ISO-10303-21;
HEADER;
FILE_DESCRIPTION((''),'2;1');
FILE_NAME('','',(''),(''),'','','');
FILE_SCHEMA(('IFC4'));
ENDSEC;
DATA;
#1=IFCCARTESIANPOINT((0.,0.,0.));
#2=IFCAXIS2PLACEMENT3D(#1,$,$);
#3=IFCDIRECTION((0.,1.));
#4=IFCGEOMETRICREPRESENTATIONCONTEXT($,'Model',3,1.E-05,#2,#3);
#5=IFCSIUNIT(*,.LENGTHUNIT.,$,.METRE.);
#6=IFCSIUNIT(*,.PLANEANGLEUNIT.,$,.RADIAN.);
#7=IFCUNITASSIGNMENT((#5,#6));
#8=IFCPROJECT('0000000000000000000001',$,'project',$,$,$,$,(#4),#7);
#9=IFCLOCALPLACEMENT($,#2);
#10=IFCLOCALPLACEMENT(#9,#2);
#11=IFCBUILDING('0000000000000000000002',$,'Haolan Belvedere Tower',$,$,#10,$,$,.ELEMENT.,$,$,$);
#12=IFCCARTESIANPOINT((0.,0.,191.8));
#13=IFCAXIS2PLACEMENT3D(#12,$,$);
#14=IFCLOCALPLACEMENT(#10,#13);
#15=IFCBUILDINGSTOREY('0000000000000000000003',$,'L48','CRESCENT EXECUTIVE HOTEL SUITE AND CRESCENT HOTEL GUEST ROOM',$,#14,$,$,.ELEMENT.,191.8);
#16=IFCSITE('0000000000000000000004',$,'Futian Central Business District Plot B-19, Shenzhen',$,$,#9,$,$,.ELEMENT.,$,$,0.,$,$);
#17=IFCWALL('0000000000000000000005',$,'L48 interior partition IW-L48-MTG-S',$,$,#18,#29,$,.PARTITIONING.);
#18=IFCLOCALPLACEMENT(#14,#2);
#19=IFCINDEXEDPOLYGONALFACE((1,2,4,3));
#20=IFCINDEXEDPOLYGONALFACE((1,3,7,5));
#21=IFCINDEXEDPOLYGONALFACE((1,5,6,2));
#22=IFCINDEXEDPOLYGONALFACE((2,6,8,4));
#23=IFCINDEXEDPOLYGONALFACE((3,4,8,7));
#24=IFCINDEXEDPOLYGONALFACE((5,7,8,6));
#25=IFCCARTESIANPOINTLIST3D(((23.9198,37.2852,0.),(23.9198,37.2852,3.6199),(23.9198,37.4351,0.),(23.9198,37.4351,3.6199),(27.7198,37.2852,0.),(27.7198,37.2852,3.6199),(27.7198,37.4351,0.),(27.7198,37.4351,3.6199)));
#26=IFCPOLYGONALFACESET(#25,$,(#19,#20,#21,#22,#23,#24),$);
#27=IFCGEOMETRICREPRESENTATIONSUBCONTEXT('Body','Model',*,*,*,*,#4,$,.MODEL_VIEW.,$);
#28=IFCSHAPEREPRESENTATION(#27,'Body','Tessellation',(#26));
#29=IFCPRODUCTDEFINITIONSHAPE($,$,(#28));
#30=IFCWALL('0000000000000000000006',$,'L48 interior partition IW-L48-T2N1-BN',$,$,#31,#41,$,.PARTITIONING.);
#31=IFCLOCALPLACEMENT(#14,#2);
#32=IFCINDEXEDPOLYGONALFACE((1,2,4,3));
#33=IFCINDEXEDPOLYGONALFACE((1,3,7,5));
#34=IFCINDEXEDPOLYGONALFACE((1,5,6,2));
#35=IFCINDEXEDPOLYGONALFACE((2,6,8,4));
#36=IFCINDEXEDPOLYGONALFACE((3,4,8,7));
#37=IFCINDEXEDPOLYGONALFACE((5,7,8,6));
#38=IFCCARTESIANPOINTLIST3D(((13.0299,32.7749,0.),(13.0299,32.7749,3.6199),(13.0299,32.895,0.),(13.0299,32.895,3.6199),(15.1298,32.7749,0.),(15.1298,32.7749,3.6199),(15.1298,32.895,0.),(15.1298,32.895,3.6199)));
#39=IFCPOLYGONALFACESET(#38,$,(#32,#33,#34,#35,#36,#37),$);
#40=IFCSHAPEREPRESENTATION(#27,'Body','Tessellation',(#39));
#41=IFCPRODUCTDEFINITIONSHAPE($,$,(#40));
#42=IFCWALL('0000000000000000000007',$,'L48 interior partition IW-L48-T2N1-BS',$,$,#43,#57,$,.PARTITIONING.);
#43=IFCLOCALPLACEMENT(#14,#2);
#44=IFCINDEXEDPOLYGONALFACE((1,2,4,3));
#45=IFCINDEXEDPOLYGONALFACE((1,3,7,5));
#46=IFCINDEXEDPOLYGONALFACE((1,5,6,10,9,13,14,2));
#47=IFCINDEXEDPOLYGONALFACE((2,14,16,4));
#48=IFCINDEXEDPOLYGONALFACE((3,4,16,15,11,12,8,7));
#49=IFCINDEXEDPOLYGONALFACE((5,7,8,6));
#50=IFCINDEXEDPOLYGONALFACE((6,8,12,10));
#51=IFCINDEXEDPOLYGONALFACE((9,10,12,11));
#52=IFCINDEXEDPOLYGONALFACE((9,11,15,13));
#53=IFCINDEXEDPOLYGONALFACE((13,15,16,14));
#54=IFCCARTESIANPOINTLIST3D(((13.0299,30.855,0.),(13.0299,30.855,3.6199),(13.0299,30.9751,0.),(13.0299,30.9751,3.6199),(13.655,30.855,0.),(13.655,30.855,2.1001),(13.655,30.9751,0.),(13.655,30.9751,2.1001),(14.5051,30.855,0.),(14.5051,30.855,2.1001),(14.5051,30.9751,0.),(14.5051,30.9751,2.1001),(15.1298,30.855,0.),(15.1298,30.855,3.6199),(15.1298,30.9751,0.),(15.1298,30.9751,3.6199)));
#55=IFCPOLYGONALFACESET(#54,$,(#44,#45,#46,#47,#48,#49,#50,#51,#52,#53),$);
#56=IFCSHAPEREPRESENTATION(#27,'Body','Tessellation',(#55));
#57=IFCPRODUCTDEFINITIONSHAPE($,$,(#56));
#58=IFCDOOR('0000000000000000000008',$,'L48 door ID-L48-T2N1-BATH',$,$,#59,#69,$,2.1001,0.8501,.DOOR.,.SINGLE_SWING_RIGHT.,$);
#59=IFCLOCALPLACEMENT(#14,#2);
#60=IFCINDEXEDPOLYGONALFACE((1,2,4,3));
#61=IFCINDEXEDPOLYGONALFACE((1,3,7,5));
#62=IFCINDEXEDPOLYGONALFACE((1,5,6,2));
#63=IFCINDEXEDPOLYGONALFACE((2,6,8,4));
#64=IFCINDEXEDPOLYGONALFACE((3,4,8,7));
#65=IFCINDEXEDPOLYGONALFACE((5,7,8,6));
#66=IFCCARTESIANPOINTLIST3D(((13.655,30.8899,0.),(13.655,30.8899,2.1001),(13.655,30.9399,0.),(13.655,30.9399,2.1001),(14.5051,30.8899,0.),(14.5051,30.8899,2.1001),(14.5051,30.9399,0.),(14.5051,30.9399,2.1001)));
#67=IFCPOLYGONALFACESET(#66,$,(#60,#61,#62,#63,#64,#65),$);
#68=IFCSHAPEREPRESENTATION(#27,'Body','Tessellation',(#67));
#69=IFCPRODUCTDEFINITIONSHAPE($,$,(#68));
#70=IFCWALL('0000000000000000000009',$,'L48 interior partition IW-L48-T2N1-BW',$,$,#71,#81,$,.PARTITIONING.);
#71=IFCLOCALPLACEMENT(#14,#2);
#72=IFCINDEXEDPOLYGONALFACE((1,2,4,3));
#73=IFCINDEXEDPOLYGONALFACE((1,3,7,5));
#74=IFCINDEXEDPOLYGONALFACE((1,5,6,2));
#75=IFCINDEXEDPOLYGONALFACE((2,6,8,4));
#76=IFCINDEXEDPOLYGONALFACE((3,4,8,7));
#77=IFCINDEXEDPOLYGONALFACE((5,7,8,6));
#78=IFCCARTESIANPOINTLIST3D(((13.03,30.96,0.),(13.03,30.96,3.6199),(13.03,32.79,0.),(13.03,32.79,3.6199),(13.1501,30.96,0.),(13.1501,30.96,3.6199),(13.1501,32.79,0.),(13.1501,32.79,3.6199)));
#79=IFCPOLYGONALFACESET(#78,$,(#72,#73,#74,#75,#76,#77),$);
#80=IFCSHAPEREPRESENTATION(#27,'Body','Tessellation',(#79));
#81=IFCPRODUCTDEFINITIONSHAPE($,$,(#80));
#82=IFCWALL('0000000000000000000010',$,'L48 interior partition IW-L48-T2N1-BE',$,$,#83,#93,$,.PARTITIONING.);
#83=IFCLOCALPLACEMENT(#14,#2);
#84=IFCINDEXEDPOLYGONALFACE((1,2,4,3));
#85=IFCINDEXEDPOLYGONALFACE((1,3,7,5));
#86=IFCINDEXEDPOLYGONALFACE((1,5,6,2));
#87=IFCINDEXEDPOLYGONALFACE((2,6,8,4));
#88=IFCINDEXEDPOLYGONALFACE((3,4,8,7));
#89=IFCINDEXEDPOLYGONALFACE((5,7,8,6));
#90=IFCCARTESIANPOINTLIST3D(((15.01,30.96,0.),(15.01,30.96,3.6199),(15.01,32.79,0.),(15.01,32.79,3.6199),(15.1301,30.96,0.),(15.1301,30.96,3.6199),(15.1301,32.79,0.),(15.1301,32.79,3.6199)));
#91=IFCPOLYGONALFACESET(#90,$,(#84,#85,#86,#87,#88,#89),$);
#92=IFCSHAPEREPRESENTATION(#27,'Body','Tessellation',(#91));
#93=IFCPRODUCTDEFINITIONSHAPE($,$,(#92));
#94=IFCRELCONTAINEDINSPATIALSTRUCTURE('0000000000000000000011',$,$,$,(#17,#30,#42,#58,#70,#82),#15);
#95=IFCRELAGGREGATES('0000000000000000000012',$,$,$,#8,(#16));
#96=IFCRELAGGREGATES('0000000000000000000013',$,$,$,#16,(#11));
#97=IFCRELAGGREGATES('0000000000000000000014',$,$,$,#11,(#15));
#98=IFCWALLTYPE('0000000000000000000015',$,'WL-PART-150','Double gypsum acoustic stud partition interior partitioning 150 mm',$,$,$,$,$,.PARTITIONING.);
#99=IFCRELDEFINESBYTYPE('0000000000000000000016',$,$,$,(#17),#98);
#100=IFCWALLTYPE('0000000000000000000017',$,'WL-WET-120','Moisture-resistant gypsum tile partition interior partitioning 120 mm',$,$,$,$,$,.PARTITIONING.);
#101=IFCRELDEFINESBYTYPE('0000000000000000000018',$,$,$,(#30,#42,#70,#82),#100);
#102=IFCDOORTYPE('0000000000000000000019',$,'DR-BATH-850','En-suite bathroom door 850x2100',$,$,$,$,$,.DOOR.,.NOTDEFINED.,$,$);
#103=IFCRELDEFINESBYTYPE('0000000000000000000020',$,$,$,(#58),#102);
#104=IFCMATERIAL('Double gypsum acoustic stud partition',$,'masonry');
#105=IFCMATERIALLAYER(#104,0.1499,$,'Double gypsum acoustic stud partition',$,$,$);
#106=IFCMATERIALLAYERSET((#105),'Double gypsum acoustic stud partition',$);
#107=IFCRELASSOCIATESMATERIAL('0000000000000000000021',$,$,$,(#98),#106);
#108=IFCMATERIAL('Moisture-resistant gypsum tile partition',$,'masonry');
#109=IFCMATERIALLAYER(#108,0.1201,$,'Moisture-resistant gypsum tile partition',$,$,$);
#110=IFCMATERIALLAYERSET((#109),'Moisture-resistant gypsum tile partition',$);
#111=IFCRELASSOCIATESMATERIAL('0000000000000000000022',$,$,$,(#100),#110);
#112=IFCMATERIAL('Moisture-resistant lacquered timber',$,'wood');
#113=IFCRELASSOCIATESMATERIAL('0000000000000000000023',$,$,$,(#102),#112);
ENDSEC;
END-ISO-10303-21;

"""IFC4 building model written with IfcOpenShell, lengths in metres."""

from ifc_helpers import new_model, si_unit, direction, frame, frame_2d, origin, place, context, subcontext, project, spatial, rectangle, extrude, material, layer, layer_set, type_object, element, fill, save


model = new_model("IFC4")

# Units and contexts
model_context = context("Model", 3, precision=1e-05, world=origin(), true_north=direction((0.0, 1.0)))
body_context = subcontext(model_context, "Body", "Model", "MODEL_VIEW")
ifc_project = project(units=[si_unit("LENGTHUNIT", "METRE"), si_unit("PLANEANGLEUNIT", "RADIAN")], contexts=[model_context])

# Site, building, storey
site_placement = place(None, origin())
site = spatial("IfcSite", under=ifc_project, at=site_placement, Name="Futian Central Business District Plot B-19, Shenzhen", CompositionType="ELEMENT", RefElevation=0.0)
building_placement = place(site_placement, origin())
building = spatial("IfcBuilding", under=site, at=building_placement, Name="Haolan Belvedere Tower", CompositionType="ELEMENT")
storey_placement = place(building_placement, frame((0.0, 0.0, 191.8)))
storey = spatial("IfcBuildingStorey", under=building, at=storey_placement, Name="L48", Description="CRESCENT EXECUTIVE HOTEL SUITE AND CRESCENT HOTEL GUEST ROOM", CompositionType="ELEMENT", Elevation=191.8)

# Walls
ifc_material_1 = material(Name="Double gypsum acoustic stud partition", Category="masonry")
ifc_layer_1 = layer(ifc_material_1, 0.1499, Name="Double gypsum acoustic stud partition")
ifc_layer_set_1 = layer_set([ifc_layer_1], Name="Double gypsum acoustic stud partition")
wall_type_1 = type_object("IfcWallType", Name="WL-PART-150", Description="Double gypsum acoustic stud partition interior partitioning 150 mm", PredefinedType="PARTITIONING", material=ifc_layer_set_1)
wall_1_placement = place(storey_placement, frame((23.9199, 37.3601, 0.0), z_axis=(0.0, 0.0, 1.0), x_axis=(1.0, 0.0, 0.0)))
element("IfcWall", 1, at=wall_1_placement, inside=storey, type_object=wall_type_1, Name="L48 interior partition IW-L48-MTG-S", PredefinedType="PARTITIONING", context=body_context, shape_type="SweptSolid", body=[
    extrude(rectangle(XDim=3.8, YDim=0.1499, at=frame_2d((1.8999, 0.0))), origin(), (0.0, 0.0, 1.0), 3.6199),
])
ifc_material_2 = material(Name="Moisture-resistant gypsum tile partition", Category="masonry")
ifc_layer_2 = layer(ifc_material_2, 0.1201, Name="Moisture-resistant gypsum tile partition")
ifc_layer_set_2 = layer_set([ifc_layer_2], Name="Moisture-resistant gypsum tile partition")
wall_type_2 = type_object("IfcWallType", Name="WL-WET-120", Description="Moisture-resistant gypsum tile partition interior partitioning 120 mm", PredefinedType="PARTITIONING", material=ifc_layer_set_2)
wall_2_placement = place(storey_placement, frame((13.03, 32.835, 0.0), z_axis=(0.0, 0.0, 1.0), x_axis=(1.0, 0.0, 0.0)))
element("IfcWall", 2, at=wall_2_placement, inside=storey, type_object=wall_type_2, Name="L48 interior partition IW-L48-T2N1-BN", PredefinedType="PARTITIONING", context=body_context, shape_type="SweptSolid", body=[
    extrude(rectangle(XDim=2.0999, YDim=0.1201, at=frame_2d((1.0498, 0.0))), origin(), (0.0, 0.0, 1.0), 3.6199),
])

# Wall, opening, door
wall_3_placement = place(storey_placement, frame((13.03, 30.915, 0.0), z_axis=(0.0, 0.0, 1.0), x_axis=(1.0, 0.0, 0.0)))
wall_3 = element("IfcWall", 3, at=wall_3_placement, inside=storey, type_object=wall_type_2, Name="L48 interior partition IW-L48-T2N1-BS", PredefinedType="PARTITIONING", context=body_context, shape_type="SweptSolid", body=[
    extrude(rectangle(XDim=2.0999, YDim=0.1201, at=frame_2d((1.0498, 0.0))), origin(), (0.0, 0.0, 1.0), 3.6199),
])
opening_1_placement = place(wall_3_placement, frame((0.625, 0.0, 0.0)))
opening_1 = element("IfcOpeningElement", 4, at=opening_1_placement, cuts=wall_3, PredefinedType="OPENING", context=body_context, shape_type="SweptSolid", body=[
    extrude(rectangle(XDim=0.8501, YDim=2.1001, at=frame_2d((0.425, 1.05))), frame((0.0, 0.0701, 0.0), z_axis=(0.0, -1.0, 0.0), x_axis=(1.0, 0.0, 0.0)), (0.0, 0.0, 1.0), 0.1401),
])
ifc_material_3 = material(Name="Moisture-resistant lacquered timber", Category="wood")
door_type = type_object("IfcDoorType", Name="DR-BATH-850", Description="En-suite bathroom door 850x2100", OperationType="NOTDEFINED", PredefinedType="DOOR", material=ifc_material_3)
door_placement = place(opening_1_placement, origin())
door = element("IfcDoor", 5, at=door_placement, inside=storey, type_object=door_type, Name="L48 door ID-L48-T2N1-BATH", OperationType="SINGLE_SWING_RIGHT", OverallHeight=2.1001, OverallWidth=0.8501, PredefinedType="DOOR", context=body_context, shape_type="SweptSolid", body=[
    extrude(rectangle(XDim=0.8501, YDim=2.1001, at=frame_2d((0.425, 1.05))), frame((0.0, 0.0249, 0.0), z_axis=(0.0, -1.0, 0.0), x_axis=(1.0, 0.0, 0.0)), (0.0, 0.0, 1.0), 0.05),
])
fill(opening_1, door)

# Walls
for number, where, z_axis, x_axis, name in (
    (6, (13.0901, 30.96, 0.0), (0.0, 0.0, 1.0), (0.0, 1.0, 0.0), "L48 interior partition IW-L48-T2N1-BW"),
    (7, (15.0701, 30.96, 0.0), (0.0, 0.0, 1.0), (0.0, 1.0, 0.0), "L48 interior partition IW-L48-T2N1-BE"),
):
    element("IfcWall", number, at=place(storey_placement, frame(where, z_axis=z_axis, x_axis=x_axis)), inside=storey, type_object=wall_type_2, Name=name, PredefinedType="PARTITIONING", context=body_context, shape_type="SweptSolid", body=[
        extrude(rectangle(XDim=1.8301, YDim=0.1201, at=frame_2d((0.915, 0.0))), origin(), (0.0, 0.0, 1.0), 3.6199),
    ])

save(model, "model.ifc")
